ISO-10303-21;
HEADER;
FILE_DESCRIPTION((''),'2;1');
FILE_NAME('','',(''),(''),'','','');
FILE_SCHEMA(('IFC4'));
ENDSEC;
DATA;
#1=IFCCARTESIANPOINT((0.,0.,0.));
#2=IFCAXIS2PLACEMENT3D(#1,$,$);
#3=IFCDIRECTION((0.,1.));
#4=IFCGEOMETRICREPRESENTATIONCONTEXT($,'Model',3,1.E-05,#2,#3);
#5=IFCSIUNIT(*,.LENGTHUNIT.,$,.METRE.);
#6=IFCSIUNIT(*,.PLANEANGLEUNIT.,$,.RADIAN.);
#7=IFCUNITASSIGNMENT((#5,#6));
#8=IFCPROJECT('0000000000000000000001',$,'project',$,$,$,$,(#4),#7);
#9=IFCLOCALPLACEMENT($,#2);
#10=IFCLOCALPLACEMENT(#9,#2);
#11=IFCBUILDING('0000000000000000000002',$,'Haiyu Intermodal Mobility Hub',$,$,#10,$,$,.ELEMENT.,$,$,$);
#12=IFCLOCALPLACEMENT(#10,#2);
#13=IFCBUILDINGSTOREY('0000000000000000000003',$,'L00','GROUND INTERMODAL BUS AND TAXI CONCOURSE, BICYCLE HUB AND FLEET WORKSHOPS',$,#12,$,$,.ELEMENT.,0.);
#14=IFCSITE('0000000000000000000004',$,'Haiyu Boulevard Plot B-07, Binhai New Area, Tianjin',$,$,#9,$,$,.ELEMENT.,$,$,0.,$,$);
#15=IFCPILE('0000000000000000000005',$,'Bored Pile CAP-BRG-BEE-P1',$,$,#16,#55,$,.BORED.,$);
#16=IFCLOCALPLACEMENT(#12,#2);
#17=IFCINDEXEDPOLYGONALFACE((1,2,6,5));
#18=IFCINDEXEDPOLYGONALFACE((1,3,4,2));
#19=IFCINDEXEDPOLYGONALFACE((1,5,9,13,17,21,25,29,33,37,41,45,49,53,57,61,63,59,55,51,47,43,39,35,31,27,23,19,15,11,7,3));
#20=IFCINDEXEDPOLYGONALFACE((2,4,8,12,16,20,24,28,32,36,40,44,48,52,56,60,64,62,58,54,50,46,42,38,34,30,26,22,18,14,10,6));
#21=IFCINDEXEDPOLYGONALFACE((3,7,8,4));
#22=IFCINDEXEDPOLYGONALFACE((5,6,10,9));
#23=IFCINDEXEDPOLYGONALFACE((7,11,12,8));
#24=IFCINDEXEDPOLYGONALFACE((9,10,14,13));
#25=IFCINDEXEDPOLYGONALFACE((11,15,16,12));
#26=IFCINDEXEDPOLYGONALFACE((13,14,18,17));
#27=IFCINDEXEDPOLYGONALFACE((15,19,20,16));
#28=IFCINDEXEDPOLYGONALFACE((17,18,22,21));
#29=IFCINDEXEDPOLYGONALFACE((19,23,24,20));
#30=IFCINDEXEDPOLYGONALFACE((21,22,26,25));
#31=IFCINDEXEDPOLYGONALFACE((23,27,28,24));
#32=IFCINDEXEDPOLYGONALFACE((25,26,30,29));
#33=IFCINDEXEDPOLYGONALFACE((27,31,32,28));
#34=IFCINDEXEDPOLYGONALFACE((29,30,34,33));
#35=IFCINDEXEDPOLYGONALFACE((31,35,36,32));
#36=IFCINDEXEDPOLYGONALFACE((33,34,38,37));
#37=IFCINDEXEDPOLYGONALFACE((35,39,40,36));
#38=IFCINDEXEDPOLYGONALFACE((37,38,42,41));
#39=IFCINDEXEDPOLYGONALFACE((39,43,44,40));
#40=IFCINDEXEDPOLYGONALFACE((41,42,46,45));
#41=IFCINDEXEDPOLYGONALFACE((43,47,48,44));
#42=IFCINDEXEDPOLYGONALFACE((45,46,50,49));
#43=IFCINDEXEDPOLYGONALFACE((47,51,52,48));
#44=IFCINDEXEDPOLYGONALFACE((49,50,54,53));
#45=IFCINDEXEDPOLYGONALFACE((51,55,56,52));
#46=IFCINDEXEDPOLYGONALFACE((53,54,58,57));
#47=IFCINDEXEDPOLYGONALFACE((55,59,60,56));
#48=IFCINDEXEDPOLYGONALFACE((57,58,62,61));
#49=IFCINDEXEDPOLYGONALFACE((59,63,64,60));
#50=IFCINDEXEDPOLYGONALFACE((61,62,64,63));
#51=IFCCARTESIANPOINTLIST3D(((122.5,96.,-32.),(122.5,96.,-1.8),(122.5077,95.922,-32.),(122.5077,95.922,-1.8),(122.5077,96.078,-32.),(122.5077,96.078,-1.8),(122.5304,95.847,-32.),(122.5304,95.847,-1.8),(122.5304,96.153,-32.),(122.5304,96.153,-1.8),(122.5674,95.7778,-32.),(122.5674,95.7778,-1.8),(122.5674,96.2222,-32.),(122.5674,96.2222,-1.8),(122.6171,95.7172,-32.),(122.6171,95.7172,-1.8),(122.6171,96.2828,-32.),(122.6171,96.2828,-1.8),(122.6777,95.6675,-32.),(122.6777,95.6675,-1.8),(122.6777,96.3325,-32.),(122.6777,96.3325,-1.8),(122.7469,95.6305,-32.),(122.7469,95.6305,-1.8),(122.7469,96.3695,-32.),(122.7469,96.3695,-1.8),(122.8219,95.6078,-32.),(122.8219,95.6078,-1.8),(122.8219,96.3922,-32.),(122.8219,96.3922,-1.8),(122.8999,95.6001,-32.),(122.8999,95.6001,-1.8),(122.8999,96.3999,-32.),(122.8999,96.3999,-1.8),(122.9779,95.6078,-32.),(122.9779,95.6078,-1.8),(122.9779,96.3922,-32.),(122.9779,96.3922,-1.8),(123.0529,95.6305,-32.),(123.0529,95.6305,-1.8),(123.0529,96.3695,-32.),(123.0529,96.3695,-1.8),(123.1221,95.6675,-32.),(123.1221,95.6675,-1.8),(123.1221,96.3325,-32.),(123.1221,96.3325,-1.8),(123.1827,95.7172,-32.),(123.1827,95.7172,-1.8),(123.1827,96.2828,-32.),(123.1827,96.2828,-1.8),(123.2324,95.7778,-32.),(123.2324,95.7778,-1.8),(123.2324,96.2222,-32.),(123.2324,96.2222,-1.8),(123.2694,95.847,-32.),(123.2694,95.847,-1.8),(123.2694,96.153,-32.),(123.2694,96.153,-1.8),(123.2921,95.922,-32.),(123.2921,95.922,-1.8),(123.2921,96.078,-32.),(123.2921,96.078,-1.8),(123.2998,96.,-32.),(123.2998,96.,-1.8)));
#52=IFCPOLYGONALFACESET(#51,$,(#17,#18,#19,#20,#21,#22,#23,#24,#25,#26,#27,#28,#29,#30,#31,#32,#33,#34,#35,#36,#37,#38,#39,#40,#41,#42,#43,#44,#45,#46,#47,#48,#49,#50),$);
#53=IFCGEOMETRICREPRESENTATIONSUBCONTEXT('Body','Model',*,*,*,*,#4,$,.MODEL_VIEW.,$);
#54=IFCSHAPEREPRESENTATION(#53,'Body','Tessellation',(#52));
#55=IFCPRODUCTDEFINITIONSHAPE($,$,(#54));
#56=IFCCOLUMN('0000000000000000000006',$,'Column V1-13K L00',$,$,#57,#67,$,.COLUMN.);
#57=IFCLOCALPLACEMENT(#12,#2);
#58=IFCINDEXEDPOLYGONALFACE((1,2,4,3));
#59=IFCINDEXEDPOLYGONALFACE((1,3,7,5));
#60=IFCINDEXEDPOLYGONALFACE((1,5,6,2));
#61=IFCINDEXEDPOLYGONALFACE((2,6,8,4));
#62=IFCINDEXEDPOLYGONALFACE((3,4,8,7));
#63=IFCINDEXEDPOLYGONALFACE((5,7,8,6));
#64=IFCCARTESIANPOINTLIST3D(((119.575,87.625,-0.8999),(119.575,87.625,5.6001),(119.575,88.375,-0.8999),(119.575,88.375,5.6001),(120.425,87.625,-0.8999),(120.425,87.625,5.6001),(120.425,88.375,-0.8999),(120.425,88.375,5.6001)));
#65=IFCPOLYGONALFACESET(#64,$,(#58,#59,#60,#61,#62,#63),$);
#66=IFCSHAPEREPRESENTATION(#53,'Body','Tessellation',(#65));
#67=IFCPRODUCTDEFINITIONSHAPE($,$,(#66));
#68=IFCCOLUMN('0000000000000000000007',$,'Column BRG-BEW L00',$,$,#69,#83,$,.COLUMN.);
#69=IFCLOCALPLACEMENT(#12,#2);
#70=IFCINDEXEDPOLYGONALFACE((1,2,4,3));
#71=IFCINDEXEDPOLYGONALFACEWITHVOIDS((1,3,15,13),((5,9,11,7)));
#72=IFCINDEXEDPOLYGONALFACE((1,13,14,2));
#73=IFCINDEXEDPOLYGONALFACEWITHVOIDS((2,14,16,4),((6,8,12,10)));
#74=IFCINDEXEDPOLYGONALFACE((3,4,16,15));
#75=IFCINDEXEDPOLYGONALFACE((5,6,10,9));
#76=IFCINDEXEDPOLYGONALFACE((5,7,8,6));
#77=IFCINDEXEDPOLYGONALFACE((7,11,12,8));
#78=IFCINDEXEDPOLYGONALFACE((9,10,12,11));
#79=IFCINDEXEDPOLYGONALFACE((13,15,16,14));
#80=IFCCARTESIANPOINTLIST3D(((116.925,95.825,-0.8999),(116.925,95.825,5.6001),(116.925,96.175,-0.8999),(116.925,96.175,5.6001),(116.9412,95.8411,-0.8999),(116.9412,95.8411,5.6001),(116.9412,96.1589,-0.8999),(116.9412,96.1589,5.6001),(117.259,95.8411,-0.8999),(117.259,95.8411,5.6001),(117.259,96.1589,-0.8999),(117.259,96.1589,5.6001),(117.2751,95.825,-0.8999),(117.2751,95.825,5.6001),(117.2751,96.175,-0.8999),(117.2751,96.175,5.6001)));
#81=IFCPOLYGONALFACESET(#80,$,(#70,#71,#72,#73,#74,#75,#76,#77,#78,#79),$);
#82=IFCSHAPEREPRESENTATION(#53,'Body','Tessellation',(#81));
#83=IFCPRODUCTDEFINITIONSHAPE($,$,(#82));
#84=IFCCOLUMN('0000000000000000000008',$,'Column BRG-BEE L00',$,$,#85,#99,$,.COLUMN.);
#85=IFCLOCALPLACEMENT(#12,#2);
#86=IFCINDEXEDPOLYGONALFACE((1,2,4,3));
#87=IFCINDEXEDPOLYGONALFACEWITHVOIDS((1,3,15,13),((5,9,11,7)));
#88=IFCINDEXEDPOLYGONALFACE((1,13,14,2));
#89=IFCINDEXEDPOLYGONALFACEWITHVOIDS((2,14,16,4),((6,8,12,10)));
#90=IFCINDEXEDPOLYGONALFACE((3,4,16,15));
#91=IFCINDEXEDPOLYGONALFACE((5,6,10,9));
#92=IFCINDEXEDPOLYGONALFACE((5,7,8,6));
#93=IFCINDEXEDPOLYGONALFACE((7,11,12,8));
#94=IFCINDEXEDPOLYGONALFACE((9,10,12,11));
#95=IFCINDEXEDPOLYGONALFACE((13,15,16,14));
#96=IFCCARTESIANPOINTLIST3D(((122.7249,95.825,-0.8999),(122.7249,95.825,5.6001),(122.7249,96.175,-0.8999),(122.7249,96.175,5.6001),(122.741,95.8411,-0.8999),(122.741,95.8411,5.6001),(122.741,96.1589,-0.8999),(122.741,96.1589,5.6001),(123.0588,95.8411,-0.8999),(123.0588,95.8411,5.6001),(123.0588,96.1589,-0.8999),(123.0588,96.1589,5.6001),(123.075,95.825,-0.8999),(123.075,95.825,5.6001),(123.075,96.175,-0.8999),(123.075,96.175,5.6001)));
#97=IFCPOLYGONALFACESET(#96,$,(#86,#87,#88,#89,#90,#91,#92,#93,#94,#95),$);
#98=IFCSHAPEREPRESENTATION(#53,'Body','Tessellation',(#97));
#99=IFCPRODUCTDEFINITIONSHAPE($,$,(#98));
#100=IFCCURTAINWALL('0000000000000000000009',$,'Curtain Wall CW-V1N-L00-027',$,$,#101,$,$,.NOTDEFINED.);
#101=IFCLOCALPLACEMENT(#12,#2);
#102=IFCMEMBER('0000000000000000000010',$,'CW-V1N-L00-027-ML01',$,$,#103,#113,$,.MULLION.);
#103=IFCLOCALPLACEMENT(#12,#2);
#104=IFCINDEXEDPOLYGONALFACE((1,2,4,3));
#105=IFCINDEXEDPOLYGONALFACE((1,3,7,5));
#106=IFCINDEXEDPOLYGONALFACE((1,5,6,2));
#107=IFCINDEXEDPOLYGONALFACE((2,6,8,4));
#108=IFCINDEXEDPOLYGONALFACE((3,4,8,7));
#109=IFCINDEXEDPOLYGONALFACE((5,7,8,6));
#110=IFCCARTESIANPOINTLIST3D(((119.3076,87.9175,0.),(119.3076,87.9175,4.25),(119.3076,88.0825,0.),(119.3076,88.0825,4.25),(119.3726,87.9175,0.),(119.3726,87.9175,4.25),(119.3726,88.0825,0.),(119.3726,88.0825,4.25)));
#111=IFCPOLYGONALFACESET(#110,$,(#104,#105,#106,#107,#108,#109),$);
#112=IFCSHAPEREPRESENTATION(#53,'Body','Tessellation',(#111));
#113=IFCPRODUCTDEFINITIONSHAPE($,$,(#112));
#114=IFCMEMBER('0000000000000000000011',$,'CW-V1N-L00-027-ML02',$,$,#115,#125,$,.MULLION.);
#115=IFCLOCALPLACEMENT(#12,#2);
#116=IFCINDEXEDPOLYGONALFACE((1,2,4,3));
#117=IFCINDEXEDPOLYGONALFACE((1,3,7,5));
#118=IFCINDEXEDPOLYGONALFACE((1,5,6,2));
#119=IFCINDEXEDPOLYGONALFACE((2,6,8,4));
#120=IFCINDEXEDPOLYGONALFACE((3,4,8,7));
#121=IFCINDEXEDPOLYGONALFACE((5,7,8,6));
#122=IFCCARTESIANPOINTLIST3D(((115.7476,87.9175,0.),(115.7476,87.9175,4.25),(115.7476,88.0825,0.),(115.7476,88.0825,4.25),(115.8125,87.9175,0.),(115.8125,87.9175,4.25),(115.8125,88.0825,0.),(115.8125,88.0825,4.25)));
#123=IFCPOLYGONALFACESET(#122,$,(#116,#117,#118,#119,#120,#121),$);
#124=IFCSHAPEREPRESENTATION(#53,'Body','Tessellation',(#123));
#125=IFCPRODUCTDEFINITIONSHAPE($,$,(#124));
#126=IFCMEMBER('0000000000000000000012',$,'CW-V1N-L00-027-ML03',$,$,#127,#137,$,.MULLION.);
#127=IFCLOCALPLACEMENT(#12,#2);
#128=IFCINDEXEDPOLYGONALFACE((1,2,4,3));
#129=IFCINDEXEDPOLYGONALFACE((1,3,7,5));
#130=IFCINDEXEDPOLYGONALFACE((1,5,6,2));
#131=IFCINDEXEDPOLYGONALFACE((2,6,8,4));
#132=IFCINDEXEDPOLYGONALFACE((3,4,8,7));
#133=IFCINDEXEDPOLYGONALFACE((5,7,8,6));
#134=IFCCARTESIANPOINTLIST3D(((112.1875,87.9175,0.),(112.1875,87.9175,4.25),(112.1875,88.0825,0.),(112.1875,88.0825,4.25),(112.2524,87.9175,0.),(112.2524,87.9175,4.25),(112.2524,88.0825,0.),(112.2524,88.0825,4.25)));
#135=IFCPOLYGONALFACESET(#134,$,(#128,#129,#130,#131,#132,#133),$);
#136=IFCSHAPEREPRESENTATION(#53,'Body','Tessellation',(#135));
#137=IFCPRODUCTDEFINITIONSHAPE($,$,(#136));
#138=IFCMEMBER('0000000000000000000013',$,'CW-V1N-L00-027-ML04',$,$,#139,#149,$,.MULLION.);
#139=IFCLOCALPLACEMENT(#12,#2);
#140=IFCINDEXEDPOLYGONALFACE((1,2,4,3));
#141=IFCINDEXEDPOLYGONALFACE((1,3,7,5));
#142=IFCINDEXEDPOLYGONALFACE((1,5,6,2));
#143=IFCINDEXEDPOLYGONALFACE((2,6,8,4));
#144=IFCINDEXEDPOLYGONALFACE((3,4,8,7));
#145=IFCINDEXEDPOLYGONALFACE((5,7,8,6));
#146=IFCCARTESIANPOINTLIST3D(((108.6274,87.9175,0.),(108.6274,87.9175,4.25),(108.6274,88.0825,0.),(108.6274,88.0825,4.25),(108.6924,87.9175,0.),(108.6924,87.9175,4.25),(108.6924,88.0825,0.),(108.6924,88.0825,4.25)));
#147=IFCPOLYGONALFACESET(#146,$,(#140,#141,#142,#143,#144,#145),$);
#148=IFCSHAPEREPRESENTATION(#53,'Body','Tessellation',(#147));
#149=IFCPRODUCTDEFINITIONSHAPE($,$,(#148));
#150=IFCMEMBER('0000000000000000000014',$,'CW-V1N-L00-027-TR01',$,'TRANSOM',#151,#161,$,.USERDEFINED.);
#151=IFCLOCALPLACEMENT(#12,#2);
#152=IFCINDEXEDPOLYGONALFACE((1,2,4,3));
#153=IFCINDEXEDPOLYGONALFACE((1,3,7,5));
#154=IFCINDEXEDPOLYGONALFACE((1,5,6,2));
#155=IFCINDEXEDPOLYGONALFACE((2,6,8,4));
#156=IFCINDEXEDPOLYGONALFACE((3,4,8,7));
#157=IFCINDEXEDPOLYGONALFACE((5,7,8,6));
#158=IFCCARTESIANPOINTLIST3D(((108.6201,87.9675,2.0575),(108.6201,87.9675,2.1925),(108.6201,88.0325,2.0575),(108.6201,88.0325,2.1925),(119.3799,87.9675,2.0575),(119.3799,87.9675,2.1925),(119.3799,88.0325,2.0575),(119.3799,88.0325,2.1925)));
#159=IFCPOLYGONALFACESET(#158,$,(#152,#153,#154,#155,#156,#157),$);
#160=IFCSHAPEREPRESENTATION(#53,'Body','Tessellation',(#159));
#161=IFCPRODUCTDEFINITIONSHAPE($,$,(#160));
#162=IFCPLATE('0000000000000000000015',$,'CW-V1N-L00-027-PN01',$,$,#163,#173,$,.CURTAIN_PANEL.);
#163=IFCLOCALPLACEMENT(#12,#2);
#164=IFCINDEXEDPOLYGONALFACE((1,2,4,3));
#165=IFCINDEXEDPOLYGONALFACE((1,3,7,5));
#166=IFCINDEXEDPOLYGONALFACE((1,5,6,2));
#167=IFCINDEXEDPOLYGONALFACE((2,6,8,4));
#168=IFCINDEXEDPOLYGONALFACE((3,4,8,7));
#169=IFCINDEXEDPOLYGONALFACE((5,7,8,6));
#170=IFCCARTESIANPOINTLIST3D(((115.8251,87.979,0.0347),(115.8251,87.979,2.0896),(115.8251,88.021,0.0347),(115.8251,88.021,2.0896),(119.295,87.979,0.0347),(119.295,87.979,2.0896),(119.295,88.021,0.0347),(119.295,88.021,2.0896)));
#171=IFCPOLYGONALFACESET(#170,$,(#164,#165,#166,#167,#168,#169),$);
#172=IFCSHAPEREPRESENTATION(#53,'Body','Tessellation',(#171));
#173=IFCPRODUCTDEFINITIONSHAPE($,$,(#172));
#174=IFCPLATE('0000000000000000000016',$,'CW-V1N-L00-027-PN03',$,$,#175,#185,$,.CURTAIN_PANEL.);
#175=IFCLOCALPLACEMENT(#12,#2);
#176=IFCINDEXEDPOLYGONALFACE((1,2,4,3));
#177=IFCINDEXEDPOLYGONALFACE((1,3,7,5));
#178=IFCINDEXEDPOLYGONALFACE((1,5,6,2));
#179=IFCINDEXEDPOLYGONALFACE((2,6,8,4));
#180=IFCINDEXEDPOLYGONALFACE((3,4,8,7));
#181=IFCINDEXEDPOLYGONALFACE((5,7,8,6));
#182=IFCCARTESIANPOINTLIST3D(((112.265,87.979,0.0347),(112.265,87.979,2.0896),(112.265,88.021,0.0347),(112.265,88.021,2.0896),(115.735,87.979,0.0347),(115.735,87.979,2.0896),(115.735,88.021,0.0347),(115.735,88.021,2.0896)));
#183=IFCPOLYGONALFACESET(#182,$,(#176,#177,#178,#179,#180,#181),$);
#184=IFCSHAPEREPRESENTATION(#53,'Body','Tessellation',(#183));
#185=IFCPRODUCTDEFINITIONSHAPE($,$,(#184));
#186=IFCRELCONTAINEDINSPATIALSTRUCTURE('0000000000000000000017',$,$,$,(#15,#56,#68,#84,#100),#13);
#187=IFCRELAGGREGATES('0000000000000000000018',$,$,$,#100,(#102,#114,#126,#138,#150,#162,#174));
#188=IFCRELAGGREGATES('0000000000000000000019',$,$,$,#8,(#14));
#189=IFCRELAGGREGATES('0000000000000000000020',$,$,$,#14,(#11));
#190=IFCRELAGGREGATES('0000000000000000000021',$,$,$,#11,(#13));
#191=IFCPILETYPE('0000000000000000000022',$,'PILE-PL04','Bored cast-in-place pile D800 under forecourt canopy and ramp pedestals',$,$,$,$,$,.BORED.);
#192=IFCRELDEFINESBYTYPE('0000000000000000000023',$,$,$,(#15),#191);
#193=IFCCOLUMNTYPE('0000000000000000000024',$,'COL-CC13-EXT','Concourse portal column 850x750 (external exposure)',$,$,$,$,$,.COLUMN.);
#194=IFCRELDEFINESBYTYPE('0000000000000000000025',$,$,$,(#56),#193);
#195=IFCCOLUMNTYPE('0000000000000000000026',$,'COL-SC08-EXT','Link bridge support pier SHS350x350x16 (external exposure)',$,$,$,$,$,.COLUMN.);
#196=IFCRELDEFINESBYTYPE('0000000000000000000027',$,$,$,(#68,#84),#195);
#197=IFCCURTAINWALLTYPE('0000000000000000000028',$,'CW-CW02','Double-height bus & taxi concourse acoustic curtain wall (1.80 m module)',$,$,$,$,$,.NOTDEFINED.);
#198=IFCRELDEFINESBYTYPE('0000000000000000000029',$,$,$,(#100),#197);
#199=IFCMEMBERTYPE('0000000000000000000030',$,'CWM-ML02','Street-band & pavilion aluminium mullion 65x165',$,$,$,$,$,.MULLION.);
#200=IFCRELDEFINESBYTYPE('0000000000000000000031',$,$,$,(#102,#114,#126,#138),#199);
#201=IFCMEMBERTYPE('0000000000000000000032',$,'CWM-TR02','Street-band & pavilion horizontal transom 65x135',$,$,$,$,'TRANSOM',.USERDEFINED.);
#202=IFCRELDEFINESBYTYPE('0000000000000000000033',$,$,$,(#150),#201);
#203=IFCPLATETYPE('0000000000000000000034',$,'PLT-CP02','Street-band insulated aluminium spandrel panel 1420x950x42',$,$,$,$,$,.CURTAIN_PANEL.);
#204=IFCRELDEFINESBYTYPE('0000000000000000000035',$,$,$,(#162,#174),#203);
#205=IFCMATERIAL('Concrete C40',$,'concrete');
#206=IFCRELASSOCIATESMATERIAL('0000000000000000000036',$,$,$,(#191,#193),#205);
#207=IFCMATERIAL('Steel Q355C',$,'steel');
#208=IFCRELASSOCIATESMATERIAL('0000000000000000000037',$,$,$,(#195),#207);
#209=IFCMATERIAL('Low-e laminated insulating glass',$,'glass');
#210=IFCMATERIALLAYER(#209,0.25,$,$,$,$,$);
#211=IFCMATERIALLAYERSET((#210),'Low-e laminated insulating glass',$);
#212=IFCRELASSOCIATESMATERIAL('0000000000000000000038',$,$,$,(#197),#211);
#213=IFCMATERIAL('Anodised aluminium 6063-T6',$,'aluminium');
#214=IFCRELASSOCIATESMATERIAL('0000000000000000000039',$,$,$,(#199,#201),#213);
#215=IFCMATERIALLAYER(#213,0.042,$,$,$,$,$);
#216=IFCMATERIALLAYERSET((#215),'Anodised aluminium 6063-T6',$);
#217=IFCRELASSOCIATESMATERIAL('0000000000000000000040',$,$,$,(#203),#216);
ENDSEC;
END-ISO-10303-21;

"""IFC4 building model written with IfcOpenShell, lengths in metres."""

from ifc_helpers import new_model, si_unit, direction, frame, origin, origin_2d, place, context, subcontext, project, spatial, rectangle, hollow_rectangle, circle, extrude, material, layer, layer_set, material_profile, profile_set, type_object, element, aggregate, save


model = new_model("IFC4")

# Units and contexts
model_context = context("Model", 3, precision=1e-05, world=origin(), true_north=direction((0.0, 1.0)))
body_context = subcontext(model_context, "Body", "Model", "MODEL_VIEW")
ifc_project = project(units=[si_unit("LENGTHUNIT", "METRE"), si_unit("PLANEANGLEUNIT", "RADIAN")], contexts=[model_context])

# Site, building, storey
site_placement = place(None, origin())
site = spatial("IfcSite", under=ifc_project, at=site_placement, Name="Haiyu Boulevard Plot B-07, Binhai New Area, Tianjin", CompositionType="ELEMENT", RefElevation=0.0)
building_placement = place(site_placement, origin())
building = spatial("IfcBuilding", under=site, at=building_placement, Name="Haiyu Intermodal Mobility Hub", CompositionType="ELEMENT")
storey_placement = place(building_placement, origin())
storey = spatial("IfcBuildingStorey", under=building, at=storey_placement, Name="L00", Description="GROUND INTERMODAL BUS AND TAXI CONCOURSE, BICYCLE HUB AND FLEET WORKSHOPS", CompositionType="ELEMENT", Elevation=0.0)

# Shared definitions
ifc_material_1 = material(Name="Concrete C40", Category="concrete")

# Pile
ifc_material_profile_1 = material_profile(ifc_material_1, circle(Radius=0.3999, at=origin_2d()), Name="PILE-D800")
ifc_profile_set_1 = profile_set([ifc_material_profile_1], Name="Concrete C40")
pile_type_1 = type_object("IfcPileType", Name="PILE-PL04", Description="Bored cast-in-place pile D800 under forecourt canopy and ramp pedestals", PredefinedType="BORED", material=ifc_profile_set_1)
for number, where, z_axis, x_axis, name in (
    (1, (122.8999, 96.0, -1.8), (0.0, 0.0, -1.0), (1.0, 0.0, 0.0), "Bored Pile CAP-BRG-BEE-P1"),
):
    element("IfcPile", number, at=place(storey_placement, frame(where, z_axis=z_axis, x_axis=x_axis)), inside=storey, type_object=pile_type_1, Name=name, PredefinedType="BORED", context=body_context, shape_type="SweptSolid", body=[
        extrude(circle(Radius=0.3999, at=origin_2d()), origin(), (0.0, 0.0, 1.0), 30.2),
    ])

# Columns
ifc_material_profile_2 = material_profile(ifc_material_1, rectangle(XDim=0.8501, YDim=0.75, at=origin_2d()), Name="C850x750")
ifc_profile_set_2 = profile_set([ifc_material_profile_2], Name="Concrete C40")
column_type_1 = type_object("IfcColumnType", Name="COL-CC13-EXT", Description="Concourse portal column 850x750 (external exposure)", PredefinedType="COLUMN", material=ifc_profile_set_2)
column_placement = place(storey_placement, frame((120.0, 88.0, -0.8999), z_axis=(0.0, 0.0, 1.0), x_axis=(1.0, 0.0, 0.0)))
element("IfcColumn", 2, at=column_placement, inside=storey, type_object=column_type_1, Name="Column V1-13K L00", PredefinedType="COLUMN", context=body_context, shape_type="SweptSolid", body=[
    extrude(rectangle(XDim=0.8501, YDim=0.75, at=origin_2d()), origin(), (0.0, 0.0, 1.0), 6.5),
])
ifc_material_2 = material(Name="Steel Q355C", Category="steel")
ifc_material_profile_3 = material_profile(ifc_material_2, hollow_rectangle(XDim=0.3501, YDim=0.3501, WallThickness=0.0161, at=origin_2d()), Name="SHS350x350x16")
ifc_profile_set_3 = profile_set([ifc_material_profile_3], Name="Steel Q355C")
column_type_2 = type_object("IfcColumnType", Name="COL-SC08-EXT", Description="Link bridge support pier SHS350x350x16 (external exposure)", PredefinedType="COLUMN", material=ifc_profile_set_3)
for number, where, z_axis, x_axis, name in (
    (3, (117.1001, 96.0, -0.8999), (0.0, 0.0, 1.0), (1.0, 0.0, 0.0), "Column BRG-BEW L00"),
    (4, (122.8999, 96.0, -0.8999), (0.0, 0.0, 1.0), (1.0, 0.0, 0.0), "Column BRG-BEE L00"),
):
    element("IfcColumn", number, at=place(storey_placement, frame(where, z_axis=z_axis, x_axis=x_axis)), inside=storey, type_object=column_type_2, Name=name, PredefinedType="COLUMN", context=body_context, shape_type="SweptSolid", body=[
        extrude(hollow_rectangle(XDim=0.3501, YDim=0.3501, WallThickness=0.0161, at=origin_2d()), origin(), (0.0, 0.0, 1.0), 6.5),
    ])

# Curtain wall, members, plates
ifc_material_3 = material(Name="Low-e laminated insulating glass", Category="glass")
ifc_layer_1 = layer(ifc_material_3, 0.25)
ifc_layer_set_1 = layer_set([ifc_layer_1], Name="Low-e laminated insulating glass")
curtain_wall_type = type_object("IfcCurtainWallType", Name="CW-CW02", Description="Double-height bus & taxi concourse acoustic curtain wall (1.80 m module)", PredefinedType="NOTDEFINED", material=ifc_layer_set_1)
curtain_wall_placement = place(storey_placement, origin())
curtain_wall = element("IfcCurtainWall", 5, at=curtain_wall_placement, inside=storey, type_object=curtain_wall_type, Name="Curtain Wall CW-V1N-L00-027", PredefinedType="NOTDEFINED")
ifc_material_4 = material(Name="Anodised aluminium 6063-T6", Category="aluminium")
ifc_material_profile_4 = material_profile(ifc_material_4, rectangle(XDim=0.0649, YDim=0.165, at=origin_2d()), Name="ALU65x165")
ifc_profile_set_4 = profile_set([ifc_material_profile_4], Name="Anodised aluminium 6063-T6")
member_type_1 = type_object("IfcMemberType", Name="CWM-ML02", Description="Street-band & pavilion aluminium mullion 65x165", PredefinedType="MULLION", material=ifc_profile_set_4)
member_1_placement = place(storey_placement, frame((119.3401, 88.0, 0.0), z_axis=(0.0, 0.0, 1.0), x_axis=(1.0, 0.0, 0.0)))
member_1 = element("IfcMember", 6, at=member_1_placement, type_object=member_type_1, Name="CW-V1N-L00-027-ML01", PredefinedType="MULLION", context=body_context, shape_type="SweptSolid", body=[
    extrude(rectangle(XDim=0.0649, YDim=0.165, at=origin_2d()), origin(), (0.0, 0.0, 1.0), 4.25),
])
member_2_placement = place(storey_placement, frame((115.78, 88.0, 0.0), z_axis=(0.0, 0.0, 1.0), x_axis=(1.0, 0.0, 0.0)))
member_2 = element("IfcMember", 7, at=member_2_placement, type_object=member_type_1, Name="CW-V1N-L00-027-ML02", PredefinedType="MULLION", context=body_context, shape_type="SweptSolid", body=[
    extrude(rectangle(XDim=0.0649, YDim=0.165, at=origin_2d()), origin(), (0.0, 0.0, 1.0), 4.25),
])
member_3_placement = place(storey_placement, frame((112.22, 88.0, 0.0), z_axis=(0.0, 0.0, 1.0), x_axis=(1.0, 0.0, 0.0)))
member_3 = element("IfcMember", 8, at=member_3_placement, type_object=member_type_1, Name="CW-V1N-L00-027-ML03", PredefinedType="MULLION", context=body_context, shape_type="SweptSolid", body=[
    extrude(rectangle(XDim=0.0649, YDim=0.165, at=origin_2d()), origin(), (0.0, 0.0, 1.0), 4.25),
])
member_4_placement = place(storey_placement, frame((108.6599, 88.0, 0.0), z_axis=(0.0, 0.0, 1.0), x_axis=(1.0, 0.0, 0.0)))
member_4 = element("IfcMember", 9, at=member_4_placement, type_object=member_type_1, Name="CW-V1N-L00-027-ML04", PredefinedType="MULLION", context=body_context, shape_type="SweptSolid", body=[
    extrude(rectangle(XDim=0.0649, YDim=0.165, at=origin_2d()), origin(), (0.0, 0.0, 1.0), 4.25),
])
ifc_material_profile_5 = material_profile(ifc_material_4, rectangle(XDim=0.0649, YDim=0.135, at=origin_2d()), Name="ALU65x135")
ifc_profile_set_5 = profile_set([ifc_material_profile_5], Name="Anodised aluminium 6063-T6")
member_type_2 = type_object("IfcMemberType", Name="CWM-TR02", Description="Street-band & pavilion horizontal transom 65x135", ElementType="TRANSOM", PredefinedType="USERDEFINED", material=ifc_profile_set_5)
member_5_placement = place(storey_placement, frame((119.3799, 88.0, 2.125), z_axis=(-1.0, 0.0, 0.0), x_axis=(0.0, -1.0, 0.0)))
member_5 = element("IfcMember", 10, at=member_5_placement, type_object=member_type_2, Name="CW-V1N-L00-027-TR01", ObjectType="TRANSOM", PredefinedType="USERDEFINED", context=body_context, shape_type="SweptSolid", body=[
    extrude(rectangle(XDim=0.0649, YDim=0.135, at=origin_2d()), origin(), (0.0, 0.0, 1.0), 10.7598),
])
ifc_layer_2 = layer(ifc_material_4, 0.042)
ifc_layer_set_2 = layer_set([ifc_layer_2], Name="Anodised aluminium 6063-T6")
plate_type_1 = type_object("IfcPlateType", Name="PLT-CP02", Description="Street-band insulated aluminium spandrel panel 1420x950x42", PredefinedType="CURTAIN_PANEL", material=ifc_layer_set_2)
plate_1_placement = place(storey_placement, frame((117.5601, 88.0, 0.0347), z_axis=(0.0, 0.0, 1.0), x_axis=(-1.0, 0.0, 0.0)))
plate_1 = element("IfcPlate", 11, at=plate_1_placement, type_object=plate_type_1, Name="CW-V1N-L00-027-PN01", PredefinedType="CURTAIN_PANEL", context=body_context, shape_type="SweptSolid", body=[
    extrude(rectangle(XDim=3.47, YDim=0.042, at=origin_2d()), origin(), (0.0, 0.0, 1.0), 2.0549),
])
plate_2_placement = place(storey_placement, frame((114.0, 88.0, 0.0347), z_axis=(0.0, 0.0, 1.0), x_axis=(-1.0, 0.0, 0.0)))
plate_2 = element("IfcPlate", 12, at=plate_2_placement, type_object=plate_type_1, Name="CW-V1N-L00-027-PN03", PredefinedType="CURTAIN_PANEL", context=body_context, shape_type="SweptSolid", body=[
    extrude(rectangle(XDim=3.47, YDim=0.042, at=origin_2d()), origin(), (0.0, 0.0, 1.0), 2.0549),
])
aggregate(curtain_wall, [member_1, member_2, member_3, member_4, member_5, plate_1, plate_2])

save(model, "model.ifc")
